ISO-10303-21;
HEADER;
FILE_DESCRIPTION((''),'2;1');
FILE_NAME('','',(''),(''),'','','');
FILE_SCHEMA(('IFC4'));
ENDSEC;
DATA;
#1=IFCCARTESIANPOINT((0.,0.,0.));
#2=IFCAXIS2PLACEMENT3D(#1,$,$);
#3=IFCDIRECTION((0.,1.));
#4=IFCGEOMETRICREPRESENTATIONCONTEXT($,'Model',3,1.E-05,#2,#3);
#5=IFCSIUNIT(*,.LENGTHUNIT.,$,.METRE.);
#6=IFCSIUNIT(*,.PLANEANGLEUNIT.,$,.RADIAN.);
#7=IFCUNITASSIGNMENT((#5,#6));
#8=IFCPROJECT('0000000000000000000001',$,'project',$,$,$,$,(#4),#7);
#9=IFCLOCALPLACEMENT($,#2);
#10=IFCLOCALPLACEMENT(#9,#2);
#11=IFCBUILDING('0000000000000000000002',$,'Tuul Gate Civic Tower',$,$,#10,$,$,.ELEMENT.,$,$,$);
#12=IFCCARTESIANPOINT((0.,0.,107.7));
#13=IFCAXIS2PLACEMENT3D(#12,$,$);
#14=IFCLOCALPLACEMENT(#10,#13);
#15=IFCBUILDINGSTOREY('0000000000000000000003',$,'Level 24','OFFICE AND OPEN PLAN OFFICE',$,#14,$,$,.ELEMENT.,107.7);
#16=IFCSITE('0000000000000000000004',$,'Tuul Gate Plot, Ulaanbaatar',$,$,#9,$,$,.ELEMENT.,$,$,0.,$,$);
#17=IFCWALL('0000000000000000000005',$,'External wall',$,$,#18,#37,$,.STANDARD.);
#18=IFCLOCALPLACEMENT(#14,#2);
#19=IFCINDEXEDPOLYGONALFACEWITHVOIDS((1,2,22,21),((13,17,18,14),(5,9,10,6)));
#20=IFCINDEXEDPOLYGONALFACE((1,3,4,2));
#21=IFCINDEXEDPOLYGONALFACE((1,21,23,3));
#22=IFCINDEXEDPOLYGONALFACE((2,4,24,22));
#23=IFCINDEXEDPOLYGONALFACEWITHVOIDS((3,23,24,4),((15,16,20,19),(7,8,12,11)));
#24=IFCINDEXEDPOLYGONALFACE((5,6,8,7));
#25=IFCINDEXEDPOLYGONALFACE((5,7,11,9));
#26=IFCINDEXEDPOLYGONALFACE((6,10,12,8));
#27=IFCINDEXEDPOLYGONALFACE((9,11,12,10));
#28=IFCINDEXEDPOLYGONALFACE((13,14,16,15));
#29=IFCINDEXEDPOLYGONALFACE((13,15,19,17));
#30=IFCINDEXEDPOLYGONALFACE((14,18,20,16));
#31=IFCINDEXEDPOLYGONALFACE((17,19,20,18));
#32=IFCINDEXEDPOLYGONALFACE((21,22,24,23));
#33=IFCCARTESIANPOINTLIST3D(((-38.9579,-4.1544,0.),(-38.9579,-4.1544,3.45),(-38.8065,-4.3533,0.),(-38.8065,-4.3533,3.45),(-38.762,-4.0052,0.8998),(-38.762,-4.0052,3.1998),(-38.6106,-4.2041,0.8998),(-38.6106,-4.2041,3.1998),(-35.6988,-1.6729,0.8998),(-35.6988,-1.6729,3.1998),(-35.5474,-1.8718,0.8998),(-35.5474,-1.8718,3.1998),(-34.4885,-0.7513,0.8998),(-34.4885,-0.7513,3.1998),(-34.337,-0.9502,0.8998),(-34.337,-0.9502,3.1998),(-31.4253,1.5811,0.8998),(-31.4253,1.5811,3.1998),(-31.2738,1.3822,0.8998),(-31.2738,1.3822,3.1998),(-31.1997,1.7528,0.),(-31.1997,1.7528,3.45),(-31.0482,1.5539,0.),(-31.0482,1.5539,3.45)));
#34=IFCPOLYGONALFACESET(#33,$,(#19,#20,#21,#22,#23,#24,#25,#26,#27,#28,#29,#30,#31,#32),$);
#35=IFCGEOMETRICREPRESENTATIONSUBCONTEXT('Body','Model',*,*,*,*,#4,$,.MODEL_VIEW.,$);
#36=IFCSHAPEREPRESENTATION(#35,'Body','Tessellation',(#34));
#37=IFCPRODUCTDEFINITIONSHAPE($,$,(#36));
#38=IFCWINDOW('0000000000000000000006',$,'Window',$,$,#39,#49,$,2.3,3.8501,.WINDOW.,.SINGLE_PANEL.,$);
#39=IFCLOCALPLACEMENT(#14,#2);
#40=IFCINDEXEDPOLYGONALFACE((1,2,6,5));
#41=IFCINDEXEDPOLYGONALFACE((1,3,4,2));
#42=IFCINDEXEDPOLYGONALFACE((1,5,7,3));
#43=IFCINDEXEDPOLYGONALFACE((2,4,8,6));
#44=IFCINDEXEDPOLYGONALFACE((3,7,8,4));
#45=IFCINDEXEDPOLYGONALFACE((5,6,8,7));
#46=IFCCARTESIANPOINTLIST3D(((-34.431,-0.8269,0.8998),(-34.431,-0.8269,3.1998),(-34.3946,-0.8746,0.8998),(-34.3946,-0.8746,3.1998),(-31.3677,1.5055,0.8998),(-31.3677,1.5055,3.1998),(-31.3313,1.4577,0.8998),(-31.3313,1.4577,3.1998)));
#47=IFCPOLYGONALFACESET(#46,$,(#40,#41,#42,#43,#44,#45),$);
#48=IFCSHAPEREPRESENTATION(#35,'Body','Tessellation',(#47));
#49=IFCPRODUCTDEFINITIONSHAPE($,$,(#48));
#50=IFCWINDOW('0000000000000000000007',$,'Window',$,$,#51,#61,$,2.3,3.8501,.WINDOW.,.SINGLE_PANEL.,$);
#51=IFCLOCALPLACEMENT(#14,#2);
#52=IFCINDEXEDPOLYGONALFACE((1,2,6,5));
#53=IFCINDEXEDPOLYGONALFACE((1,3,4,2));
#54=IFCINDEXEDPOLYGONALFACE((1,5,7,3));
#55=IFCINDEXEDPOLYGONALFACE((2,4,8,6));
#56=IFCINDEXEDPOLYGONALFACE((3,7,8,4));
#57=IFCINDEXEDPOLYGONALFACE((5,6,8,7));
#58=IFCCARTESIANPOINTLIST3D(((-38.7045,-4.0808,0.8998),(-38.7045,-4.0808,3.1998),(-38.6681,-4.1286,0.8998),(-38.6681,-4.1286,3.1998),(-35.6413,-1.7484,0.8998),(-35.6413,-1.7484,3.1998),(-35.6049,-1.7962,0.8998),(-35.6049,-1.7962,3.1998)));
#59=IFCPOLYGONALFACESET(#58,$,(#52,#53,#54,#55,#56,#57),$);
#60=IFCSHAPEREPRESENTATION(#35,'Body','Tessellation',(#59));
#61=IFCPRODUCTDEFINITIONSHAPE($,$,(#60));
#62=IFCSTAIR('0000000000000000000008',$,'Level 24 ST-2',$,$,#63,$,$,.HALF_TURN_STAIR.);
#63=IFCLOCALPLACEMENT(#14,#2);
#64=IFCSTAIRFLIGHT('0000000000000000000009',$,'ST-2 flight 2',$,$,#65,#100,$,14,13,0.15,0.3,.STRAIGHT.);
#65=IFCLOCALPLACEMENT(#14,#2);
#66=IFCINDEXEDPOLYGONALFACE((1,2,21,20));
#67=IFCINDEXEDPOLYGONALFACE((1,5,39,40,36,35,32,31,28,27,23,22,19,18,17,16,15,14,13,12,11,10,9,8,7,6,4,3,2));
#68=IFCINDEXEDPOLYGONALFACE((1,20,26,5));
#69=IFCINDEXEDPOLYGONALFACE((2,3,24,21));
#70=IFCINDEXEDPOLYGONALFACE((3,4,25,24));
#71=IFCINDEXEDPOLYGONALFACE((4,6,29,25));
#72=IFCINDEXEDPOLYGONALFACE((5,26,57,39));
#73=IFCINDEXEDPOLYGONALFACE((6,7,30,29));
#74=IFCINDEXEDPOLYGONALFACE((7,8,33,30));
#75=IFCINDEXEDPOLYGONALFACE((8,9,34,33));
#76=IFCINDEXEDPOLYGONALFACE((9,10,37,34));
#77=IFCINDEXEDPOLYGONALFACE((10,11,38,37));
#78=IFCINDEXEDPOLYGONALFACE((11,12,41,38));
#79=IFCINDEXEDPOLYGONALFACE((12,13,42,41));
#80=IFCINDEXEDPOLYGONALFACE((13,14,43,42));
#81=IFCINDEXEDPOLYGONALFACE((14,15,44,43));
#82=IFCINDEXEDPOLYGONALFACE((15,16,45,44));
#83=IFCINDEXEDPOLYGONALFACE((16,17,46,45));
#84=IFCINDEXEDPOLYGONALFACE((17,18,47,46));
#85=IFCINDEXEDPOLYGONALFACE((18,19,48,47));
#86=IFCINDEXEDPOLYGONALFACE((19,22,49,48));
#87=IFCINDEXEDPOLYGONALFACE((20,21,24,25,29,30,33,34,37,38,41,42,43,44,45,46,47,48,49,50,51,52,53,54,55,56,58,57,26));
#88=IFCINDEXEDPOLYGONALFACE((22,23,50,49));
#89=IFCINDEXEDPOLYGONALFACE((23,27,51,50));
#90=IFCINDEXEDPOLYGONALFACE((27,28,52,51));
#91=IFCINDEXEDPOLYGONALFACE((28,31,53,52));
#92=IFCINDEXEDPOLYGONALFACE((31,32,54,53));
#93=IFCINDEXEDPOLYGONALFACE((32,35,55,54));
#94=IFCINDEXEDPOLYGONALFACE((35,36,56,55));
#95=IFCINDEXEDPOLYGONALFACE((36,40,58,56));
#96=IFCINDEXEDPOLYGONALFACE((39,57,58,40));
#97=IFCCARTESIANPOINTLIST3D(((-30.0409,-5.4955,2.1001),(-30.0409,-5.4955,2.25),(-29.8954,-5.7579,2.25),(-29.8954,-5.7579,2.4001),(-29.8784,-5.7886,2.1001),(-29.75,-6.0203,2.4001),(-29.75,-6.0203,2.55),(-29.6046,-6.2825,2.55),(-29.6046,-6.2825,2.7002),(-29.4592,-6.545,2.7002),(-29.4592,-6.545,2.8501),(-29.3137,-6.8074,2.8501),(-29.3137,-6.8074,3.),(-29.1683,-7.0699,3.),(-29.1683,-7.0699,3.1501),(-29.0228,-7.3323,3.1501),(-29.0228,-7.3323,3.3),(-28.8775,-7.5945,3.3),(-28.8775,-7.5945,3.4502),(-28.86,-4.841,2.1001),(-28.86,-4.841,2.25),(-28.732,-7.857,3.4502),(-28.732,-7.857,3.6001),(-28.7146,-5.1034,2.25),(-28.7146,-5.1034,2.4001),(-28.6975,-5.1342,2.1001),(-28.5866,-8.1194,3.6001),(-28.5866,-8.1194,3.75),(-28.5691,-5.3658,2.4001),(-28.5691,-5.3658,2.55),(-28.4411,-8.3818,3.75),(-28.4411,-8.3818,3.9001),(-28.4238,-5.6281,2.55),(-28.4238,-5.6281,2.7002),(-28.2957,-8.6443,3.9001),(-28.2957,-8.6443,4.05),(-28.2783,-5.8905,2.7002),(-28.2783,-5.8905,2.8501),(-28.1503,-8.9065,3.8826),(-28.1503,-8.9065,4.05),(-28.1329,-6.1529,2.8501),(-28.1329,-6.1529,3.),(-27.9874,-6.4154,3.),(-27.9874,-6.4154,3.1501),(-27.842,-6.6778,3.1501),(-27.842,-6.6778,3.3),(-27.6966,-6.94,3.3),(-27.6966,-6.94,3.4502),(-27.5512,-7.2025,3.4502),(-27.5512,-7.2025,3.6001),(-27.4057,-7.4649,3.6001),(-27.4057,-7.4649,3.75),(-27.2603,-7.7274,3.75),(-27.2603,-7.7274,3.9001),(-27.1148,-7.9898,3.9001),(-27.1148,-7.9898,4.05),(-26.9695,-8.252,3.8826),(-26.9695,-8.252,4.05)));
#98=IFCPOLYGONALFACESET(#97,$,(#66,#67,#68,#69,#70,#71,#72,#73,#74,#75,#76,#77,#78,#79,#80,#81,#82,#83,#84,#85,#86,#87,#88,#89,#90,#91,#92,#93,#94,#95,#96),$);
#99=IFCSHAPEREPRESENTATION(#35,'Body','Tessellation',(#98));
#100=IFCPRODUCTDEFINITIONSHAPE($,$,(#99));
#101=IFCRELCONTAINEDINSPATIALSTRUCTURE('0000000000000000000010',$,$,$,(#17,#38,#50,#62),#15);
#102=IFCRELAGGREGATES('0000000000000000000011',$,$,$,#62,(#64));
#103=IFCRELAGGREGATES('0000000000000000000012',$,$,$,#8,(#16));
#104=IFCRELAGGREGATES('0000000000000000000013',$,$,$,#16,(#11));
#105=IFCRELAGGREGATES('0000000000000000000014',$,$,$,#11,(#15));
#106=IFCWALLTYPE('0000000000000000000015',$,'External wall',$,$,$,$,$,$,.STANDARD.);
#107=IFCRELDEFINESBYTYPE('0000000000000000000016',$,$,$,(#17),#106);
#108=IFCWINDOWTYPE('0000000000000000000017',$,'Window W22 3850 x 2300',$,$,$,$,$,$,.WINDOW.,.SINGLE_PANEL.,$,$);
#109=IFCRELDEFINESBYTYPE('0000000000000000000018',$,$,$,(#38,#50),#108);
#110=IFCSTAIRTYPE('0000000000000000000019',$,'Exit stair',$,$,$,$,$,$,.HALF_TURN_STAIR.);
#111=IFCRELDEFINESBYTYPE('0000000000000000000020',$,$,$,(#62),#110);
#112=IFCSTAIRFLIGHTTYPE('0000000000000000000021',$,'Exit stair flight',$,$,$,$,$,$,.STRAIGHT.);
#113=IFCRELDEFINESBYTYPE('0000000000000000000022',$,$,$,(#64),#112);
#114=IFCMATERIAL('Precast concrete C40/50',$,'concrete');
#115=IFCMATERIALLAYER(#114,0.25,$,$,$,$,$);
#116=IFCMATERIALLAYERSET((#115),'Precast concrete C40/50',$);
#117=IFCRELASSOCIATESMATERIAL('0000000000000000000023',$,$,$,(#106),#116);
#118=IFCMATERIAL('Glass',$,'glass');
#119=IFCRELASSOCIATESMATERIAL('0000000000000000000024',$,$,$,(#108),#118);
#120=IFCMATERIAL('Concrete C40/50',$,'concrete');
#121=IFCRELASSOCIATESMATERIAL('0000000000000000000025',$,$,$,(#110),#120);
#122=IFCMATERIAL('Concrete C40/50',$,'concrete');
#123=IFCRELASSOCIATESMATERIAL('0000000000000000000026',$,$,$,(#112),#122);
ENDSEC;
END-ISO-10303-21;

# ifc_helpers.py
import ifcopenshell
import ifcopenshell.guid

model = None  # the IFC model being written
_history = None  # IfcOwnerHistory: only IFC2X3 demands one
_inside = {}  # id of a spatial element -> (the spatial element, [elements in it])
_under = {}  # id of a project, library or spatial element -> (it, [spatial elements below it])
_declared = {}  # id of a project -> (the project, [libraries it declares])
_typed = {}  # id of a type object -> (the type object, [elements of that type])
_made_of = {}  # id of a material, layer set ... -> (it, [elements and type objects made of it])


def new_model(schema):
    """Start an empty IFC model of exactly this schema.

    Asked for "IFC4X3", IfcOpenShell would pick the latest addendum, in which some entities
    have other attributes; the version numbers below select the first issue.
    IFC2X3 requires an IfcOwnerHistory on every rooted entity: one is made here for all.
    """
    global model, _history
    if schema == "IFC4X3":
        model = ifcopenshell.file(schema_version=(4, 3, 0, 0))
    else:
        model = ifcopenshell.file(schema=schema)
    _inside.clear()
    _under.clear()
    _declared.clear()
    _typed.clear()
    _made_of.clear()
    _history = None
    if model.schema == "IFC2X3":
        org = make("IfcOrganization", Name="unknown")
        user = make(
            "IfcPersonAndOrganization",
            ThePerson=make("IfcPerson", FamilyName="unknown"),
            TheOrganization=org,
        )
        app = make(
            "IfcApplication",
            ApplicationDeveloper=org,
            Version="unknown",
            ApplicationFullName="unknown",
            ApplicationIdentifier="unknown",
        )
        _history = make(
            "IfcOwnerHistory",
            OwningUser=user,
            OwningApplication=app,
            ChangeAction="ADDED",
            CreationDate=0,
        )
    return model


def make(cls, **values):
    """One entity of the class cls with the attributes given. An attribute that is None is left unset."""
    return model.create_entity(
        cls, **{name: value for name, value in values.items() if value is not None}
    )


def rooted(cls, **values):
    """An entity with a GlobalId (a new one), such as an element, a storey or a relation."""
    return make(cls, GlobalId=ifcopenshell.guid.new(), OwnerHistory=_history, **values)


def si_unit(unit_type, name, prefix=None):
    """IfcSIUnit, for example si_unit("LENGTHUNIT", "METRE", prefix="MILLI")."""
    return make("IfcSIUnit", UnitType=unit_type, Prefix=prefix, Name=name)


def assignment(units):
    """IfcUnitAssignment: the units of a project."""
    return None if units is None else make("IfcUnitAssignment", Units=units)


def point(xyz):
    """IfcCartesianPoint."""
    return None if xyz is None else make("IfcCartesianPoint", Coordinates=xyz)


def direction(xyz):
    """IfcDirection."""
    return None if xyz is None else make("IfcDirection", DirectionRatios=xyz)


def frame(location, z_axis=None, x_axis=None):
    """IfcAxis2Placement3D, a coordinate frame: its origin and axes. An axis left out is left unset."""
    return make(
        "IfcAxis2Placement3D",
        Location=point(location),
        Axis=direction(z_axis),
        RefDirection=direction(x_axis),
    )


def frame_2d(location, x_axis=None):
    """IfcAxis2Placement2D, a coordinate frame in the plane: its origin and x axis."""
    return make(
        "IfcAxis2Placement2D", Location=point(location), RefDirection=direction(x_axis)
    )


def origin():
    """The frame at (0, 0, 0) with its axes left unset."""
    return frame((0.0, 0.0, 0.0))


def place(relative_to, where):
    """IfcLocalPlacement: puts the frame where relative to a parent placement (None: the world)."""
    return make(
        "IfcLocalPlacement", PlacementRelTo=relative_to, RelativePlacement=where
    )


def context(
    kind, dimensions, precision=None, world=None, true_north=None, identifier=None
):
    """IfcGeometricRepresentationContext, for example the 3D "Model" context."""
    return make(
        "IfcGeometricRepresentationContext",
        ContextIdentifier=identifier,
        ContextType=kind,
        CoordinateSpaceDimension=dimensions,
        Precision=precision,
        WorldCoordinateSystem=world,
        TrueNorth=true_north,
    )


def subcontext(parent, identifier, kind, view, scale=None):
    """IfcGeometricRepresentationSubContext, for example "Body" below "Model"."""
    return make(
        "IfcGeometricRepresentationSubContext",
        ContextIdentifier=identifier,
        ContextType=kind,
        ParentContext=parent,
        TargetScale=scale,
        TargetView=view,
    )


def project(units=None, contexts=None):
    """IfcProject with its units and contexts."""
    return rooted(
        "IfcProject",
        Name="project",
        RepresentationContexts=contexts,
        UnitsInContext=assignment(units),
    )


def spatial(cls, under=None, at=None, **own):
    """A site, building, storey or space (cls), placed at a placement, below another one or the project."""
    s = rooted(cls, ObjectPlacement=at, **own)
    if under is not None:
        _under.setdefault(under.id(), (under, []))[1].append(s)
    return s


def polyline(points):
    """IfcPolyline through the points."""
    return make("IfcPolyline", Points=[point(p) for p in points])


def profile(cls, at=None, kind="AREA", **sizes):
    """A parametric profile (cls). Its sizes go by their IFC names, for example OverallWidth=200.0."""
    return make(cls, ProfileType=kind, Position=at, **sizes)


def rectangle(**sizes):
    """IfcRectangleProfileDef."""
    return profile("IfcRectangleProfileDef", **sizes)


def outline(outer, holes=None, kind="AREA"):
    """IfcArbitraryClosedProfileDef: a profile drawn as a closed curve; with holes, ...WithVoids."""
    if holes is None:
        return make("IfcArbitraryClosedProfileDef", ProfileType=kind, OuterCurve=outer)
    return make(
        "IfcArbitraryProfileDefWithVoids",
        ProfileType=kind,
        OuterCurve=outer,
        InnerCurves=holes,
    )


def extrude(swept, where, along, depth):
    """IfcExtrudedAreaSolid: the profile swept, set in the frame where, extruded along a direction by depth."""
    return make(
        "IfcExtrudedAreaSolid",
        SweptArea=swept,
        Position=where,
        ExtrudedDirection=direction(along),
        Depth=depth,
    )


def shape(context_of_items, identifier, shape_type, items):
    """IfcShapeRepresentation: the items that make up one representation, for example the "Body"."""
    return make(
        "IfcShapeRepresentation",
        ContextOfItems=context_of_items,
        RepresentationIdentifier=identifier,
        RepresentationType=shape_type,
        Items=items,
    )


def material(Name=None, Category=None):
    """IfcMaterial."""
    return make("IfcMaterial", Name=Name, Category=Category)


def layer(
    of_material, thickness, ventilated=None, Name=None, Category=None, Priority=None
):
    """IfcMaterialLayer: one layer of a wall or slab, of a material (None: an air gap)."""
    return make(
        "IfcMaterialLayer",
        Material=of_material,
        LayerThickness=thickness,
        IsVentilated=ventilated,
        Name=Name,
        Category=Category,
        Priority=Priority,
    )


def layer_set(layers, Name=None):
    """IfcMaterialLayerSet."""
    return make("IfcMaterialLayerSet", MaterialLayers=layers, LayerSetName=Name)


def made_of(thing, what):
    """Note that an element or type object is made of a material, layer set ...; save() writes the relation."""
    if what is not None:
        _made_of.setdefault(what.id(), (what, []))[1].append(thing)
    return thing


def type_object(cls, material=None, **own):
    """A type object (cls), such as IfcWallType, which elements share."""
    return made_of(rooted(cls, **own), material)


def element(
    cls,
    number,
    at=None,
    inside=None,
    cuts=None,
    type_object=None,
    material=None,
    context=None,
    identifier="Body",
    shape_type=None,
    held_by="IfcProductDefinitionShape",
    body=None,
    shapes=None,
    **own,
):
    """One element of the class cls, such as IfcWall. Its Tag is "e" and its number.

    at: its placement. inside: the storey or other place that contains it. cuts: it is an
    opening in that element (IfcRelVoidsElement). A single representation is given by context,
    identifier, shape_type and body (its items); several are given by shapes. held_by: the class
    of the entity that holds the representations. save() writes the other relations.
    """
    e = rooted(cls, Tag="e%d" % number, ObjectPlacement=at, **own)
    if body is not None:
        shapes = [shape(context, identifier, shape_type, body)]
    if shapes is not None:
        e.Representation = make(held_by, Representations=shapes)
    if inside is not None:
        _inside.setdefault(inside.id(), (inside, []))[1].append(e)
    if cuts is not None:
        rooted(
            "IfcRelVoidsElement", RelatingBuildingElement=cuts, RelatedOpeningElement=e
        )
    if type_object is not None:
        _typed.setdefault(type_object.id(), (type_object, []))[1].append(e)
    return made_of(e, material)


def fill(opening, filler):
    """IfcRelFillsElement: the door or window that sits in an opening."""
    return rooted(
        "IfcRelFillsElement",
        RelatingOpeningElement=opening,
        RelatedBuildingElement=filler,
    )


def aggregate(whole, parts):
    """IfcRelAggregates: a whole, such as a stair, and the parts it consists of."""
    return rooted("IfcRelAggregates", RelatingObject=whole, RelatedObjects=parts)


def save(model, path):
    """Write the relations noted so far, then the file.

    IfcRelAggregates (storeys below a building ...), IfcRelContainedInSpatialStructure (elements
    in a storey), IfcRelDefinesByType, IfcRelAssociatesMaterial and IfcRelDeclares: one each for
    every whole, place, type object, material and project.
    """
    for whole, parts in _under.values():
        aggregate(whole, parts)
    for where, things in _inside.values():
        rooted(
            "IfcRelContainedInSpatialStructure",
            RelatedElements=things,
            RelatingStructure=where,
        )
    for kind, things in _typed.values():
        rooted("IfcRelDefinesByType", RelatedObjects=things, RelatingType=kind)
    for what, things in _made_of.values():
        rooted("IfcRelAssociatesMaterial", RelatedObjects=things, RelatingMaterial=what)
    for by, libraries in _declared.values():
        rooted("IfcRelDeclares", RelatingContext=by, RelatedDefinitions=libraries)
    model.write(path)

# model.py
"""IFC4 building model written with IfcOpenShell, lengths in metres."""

from ifc_helpers import new_model, si_unit, direction, frame, frame_2d, origin, place, context, subcontext, project, spatial, polyline, rectangle, outline, extrude, material, layer, layer_set, type_object, element, fill, aggregate, save


model = new_model("IFC4")

# Units and contexts
model_context = context("Model", 3, precision=1e-05, world=origin(), true_north=direction((0.0, 1.0)))
body_context = subcontext(model_context, "Body", "Model", "MODEL_VIEW")
ifc_project = project(units=[si_unit("LENGTHUNIT", "METRE"), si_unit("PLANEANGLEUNIT", "RADIAN")], contexts=[model_context])

# Site, building, storey
site_placement = place(None, origin())
site = spatial("IfcSite", under=ifc_project, at=site_placement, Name="Tuul Gate Plot, Ulaanbaatar", CompositionType="ELEMENT", RefElevation=0.0)
building_placement = place(site_placement, origin())
building = spatial("IfcBuilding", under=site, at=building_placement, Name="Tuul Gate Civic Tower", CompositionType="ELEMENT")
storey_placement = place(building_placement, frame((0.0, 0.0, 107.7)))
storey = spatial("IfcBuildingStorey", under=building, at=storey_placement, Name="Level 24", Description="OFFICE AND OPEN PLAN OFFICE", CompositionType="ELEMENT", Elevation=107.7)

# Wall, openings, windows
ifc_material_1 = material(Name="Precast concrete C40/50", Category="concrete")
ifc_layer_1 = layer(ifc_material_1, 0.25)
ifc_layer_set_1 = layer_set([ifc_layer_1], Name="Precast concrete C40/50")
wall_type_1 = type_object("IfcWallType", Name="External wall", PredefinedType="STANDARD", material=ifc_layer_set_1)
wall_1_placement = place(storey_placement, frame((-31.124, 1.6533, 0.0), z_axis=(0.0, 0.0, 1.0), x_axis=(-0.795622, -0.605793, 0.0)))
wall_1 = element("IfcWall", 1, at=wall_1_placement, inside=storey, type_object=wall_type_1, Name="External wall", PredefinedType="STANDARD", context=body_context, shape_type="SweptSolid", body=[
    extrude(rectangle(XDim=9.7512, YDim=0.25, at=frame_2d((4.8755, 0.0))), origin(), (0.0, 0.0, 1.0), 3.45),
])
opening_1_placement = place(wall_1_placement, frame((0.2834, 0.0, 0.8999)))
opening_1 = element("IfcOpeningElement", 2, at=opening_1_placement, cuts=wall_1, PredefinedType="OPENING", context=body_context, shape_type="SweptSolid", body=[
    extrude(rectangle(XDim=3.8501, YDim=2.3, at=frame_2d((1.925, 1.1499))), frame((0.0, 0.135, 0.0), z_axis=(0.0, -1.0, 0.0), x_axis=(1.0, 0.0, 0.0)), (0.0, 0.0, 1.0), 0.27),
])
opening_2_placement = place(wall_1_placement, frame((5.6548, 0.0, 0.8999)))
opening_2 = element("IfcOpeningElement", 3, at=opening_2_placement, cuts=wall_1, PredefinedType="OPENING", context=body_context, shape_type="SweptSolid", body=[
    extrude(rectangle(XDim=3.8501, YDim=2.3, at=frame_2d((1.925, 1.1499))), frame((0.0, 0.135, 0.0), z_axis=(0.0, -1.0, 0.0), x_axis=(1.0, 0.0, 0.0)), (0.0, 0.0, 1.0), 0.27),
])
ifc_material_2 = material(Name="Glass", Category="glass")
window_type = type_object("IfcWindowType", Name="Window W22 3850 x 2300", PartitioningType="SINGLE_PANEL", PredefinedType="WINDOW", material=ifc_material_2)
window_1_placement = place(opening_1_placement, origin())
window_1 = element("IfcWindow", 4, at=window_1_placement, inside=storey, type_object=window_type, Name="Window", OverallHeight=2.3, OverallWidth=3.8501, PartitioningType="SINGLE_PANEL", PredefinedType="WINDOW", context=body_context, shape_type="SweptSolid", body=[
    extrude(rectangle(XDim=3.8501, YDim=2.3, at=frame_2d((1.925, 1.1499))), frame((0.0, 0.03, 0.0), z_axis=(0.0, -1.0, 0.0), x_axis=(1.0, 0.0, 0.0)), (0.0, 0.0, 1.0), 0.0601),
])
fill(opening_1, window_1)
window_2_placement = place(opening_2_placement, origin())
window_2 = element("IfcWindow", 5, at=window_2_placement, inside=storey, type_object=window_type, Name="Window", OverallHeight=2.3, OverallWidth=3.8501, PartitioningType="SINGLE_PANEL", PredefinedType="WINDOW", context=body_context, shape_type="SweptSolid", body=[
    extrude(rectangle(XDim=3.8501, YDim=2.3, at=frame_2d((1.925, 1.1499))), frame((0.0, 0.03, 0.0), z_axis=(0.0, -1.0, 0.0), x_axis=(1.0, 0.0, 0.0)), (0.0, 0.0, 1.0), 0.0601),
])
fill(opening_2, window_2)

# Stair, stair flight
ifc_material_3 = material(Name="Concrete C40/50", Category="concrete")
stair_type = type_object("IfcStairType", Name="Exit stair", PredefinedType="HALF_TURN_STAIR", material=ifc_material_3)
stair_placement = place(storey_placement, origin())
stair = element("IfcStair", 6, at=stair_placement, inside=storey, type_object=stair_type, Name="Level 24 ST-2", PredefinedType="HALF_TURN_STAIR")
ifc_material_4 = material(Name="Concrete C40/50", Category="concrete")
stair_flight_type = type_object("IfcStairFlightType", Name="Exit stair flight", PredefinedType="STRAIGHT", material=ifc_material_4)
stair_flight_placement = place(storey_placement, frame((-29.4504, -5.1682, 2.1001), z_axis=(0.0, 0.0, 1.0), x_axis=(0.484762, -0.874646, 0.0)))
stair_flight = element("IfcStairFlight", 7, at=stair_flight_placement, type_object=stair_flight_type, Name="ST-2 flight 2", NumberOfRisers=14, NumberOfTreads=13, PredefinedType="STRAIGHT", RiserHeight=0.15, TreadLength=0.3, context=body_context, shape_type="SweptSolid", body=[
    extrude(outline(polyline([(0.0, 0.0), (0.0, 0.1499), (0.3, 0.1499), (0.3, 0.3), (0.6001, 0.3), (0.6001, 0.45), (0.8999, 0.45), (0.8999, 0.6001), (1.2, 0.6001), (1.2, 0.75), (1.5, 0.75), (1.5, 0.8999), (1.8, 0.8999), (1.8, 1.05), (2.1001, 1.05), (2.1001, 1.2), (2.3999, 1.2), (2.3999, 1.3501), (2.7, 1.3501), (2.7, 1.5), (3.0, 1.5), (3.0, 1.6499), (3.3, 1.6499), (3.3, 1.8), (3.6001, 1.8), (3.6001, 1.95), (3.8999, 1.95), (3.8999, 2.1001), (3.8999, 1.7825), (0.3352, 0.0), (0.0, 0.0)])), frame((0.0, 0.675, 0.0), z_axis=(0.0, -1.0, 0.0), x_axis=(1.0, 0.0, 0.0)), (0.0, 0.0, 1.0), 1.3501),
])
aggregate(stair, [stair_flight])

save(model, "model.ifc")
